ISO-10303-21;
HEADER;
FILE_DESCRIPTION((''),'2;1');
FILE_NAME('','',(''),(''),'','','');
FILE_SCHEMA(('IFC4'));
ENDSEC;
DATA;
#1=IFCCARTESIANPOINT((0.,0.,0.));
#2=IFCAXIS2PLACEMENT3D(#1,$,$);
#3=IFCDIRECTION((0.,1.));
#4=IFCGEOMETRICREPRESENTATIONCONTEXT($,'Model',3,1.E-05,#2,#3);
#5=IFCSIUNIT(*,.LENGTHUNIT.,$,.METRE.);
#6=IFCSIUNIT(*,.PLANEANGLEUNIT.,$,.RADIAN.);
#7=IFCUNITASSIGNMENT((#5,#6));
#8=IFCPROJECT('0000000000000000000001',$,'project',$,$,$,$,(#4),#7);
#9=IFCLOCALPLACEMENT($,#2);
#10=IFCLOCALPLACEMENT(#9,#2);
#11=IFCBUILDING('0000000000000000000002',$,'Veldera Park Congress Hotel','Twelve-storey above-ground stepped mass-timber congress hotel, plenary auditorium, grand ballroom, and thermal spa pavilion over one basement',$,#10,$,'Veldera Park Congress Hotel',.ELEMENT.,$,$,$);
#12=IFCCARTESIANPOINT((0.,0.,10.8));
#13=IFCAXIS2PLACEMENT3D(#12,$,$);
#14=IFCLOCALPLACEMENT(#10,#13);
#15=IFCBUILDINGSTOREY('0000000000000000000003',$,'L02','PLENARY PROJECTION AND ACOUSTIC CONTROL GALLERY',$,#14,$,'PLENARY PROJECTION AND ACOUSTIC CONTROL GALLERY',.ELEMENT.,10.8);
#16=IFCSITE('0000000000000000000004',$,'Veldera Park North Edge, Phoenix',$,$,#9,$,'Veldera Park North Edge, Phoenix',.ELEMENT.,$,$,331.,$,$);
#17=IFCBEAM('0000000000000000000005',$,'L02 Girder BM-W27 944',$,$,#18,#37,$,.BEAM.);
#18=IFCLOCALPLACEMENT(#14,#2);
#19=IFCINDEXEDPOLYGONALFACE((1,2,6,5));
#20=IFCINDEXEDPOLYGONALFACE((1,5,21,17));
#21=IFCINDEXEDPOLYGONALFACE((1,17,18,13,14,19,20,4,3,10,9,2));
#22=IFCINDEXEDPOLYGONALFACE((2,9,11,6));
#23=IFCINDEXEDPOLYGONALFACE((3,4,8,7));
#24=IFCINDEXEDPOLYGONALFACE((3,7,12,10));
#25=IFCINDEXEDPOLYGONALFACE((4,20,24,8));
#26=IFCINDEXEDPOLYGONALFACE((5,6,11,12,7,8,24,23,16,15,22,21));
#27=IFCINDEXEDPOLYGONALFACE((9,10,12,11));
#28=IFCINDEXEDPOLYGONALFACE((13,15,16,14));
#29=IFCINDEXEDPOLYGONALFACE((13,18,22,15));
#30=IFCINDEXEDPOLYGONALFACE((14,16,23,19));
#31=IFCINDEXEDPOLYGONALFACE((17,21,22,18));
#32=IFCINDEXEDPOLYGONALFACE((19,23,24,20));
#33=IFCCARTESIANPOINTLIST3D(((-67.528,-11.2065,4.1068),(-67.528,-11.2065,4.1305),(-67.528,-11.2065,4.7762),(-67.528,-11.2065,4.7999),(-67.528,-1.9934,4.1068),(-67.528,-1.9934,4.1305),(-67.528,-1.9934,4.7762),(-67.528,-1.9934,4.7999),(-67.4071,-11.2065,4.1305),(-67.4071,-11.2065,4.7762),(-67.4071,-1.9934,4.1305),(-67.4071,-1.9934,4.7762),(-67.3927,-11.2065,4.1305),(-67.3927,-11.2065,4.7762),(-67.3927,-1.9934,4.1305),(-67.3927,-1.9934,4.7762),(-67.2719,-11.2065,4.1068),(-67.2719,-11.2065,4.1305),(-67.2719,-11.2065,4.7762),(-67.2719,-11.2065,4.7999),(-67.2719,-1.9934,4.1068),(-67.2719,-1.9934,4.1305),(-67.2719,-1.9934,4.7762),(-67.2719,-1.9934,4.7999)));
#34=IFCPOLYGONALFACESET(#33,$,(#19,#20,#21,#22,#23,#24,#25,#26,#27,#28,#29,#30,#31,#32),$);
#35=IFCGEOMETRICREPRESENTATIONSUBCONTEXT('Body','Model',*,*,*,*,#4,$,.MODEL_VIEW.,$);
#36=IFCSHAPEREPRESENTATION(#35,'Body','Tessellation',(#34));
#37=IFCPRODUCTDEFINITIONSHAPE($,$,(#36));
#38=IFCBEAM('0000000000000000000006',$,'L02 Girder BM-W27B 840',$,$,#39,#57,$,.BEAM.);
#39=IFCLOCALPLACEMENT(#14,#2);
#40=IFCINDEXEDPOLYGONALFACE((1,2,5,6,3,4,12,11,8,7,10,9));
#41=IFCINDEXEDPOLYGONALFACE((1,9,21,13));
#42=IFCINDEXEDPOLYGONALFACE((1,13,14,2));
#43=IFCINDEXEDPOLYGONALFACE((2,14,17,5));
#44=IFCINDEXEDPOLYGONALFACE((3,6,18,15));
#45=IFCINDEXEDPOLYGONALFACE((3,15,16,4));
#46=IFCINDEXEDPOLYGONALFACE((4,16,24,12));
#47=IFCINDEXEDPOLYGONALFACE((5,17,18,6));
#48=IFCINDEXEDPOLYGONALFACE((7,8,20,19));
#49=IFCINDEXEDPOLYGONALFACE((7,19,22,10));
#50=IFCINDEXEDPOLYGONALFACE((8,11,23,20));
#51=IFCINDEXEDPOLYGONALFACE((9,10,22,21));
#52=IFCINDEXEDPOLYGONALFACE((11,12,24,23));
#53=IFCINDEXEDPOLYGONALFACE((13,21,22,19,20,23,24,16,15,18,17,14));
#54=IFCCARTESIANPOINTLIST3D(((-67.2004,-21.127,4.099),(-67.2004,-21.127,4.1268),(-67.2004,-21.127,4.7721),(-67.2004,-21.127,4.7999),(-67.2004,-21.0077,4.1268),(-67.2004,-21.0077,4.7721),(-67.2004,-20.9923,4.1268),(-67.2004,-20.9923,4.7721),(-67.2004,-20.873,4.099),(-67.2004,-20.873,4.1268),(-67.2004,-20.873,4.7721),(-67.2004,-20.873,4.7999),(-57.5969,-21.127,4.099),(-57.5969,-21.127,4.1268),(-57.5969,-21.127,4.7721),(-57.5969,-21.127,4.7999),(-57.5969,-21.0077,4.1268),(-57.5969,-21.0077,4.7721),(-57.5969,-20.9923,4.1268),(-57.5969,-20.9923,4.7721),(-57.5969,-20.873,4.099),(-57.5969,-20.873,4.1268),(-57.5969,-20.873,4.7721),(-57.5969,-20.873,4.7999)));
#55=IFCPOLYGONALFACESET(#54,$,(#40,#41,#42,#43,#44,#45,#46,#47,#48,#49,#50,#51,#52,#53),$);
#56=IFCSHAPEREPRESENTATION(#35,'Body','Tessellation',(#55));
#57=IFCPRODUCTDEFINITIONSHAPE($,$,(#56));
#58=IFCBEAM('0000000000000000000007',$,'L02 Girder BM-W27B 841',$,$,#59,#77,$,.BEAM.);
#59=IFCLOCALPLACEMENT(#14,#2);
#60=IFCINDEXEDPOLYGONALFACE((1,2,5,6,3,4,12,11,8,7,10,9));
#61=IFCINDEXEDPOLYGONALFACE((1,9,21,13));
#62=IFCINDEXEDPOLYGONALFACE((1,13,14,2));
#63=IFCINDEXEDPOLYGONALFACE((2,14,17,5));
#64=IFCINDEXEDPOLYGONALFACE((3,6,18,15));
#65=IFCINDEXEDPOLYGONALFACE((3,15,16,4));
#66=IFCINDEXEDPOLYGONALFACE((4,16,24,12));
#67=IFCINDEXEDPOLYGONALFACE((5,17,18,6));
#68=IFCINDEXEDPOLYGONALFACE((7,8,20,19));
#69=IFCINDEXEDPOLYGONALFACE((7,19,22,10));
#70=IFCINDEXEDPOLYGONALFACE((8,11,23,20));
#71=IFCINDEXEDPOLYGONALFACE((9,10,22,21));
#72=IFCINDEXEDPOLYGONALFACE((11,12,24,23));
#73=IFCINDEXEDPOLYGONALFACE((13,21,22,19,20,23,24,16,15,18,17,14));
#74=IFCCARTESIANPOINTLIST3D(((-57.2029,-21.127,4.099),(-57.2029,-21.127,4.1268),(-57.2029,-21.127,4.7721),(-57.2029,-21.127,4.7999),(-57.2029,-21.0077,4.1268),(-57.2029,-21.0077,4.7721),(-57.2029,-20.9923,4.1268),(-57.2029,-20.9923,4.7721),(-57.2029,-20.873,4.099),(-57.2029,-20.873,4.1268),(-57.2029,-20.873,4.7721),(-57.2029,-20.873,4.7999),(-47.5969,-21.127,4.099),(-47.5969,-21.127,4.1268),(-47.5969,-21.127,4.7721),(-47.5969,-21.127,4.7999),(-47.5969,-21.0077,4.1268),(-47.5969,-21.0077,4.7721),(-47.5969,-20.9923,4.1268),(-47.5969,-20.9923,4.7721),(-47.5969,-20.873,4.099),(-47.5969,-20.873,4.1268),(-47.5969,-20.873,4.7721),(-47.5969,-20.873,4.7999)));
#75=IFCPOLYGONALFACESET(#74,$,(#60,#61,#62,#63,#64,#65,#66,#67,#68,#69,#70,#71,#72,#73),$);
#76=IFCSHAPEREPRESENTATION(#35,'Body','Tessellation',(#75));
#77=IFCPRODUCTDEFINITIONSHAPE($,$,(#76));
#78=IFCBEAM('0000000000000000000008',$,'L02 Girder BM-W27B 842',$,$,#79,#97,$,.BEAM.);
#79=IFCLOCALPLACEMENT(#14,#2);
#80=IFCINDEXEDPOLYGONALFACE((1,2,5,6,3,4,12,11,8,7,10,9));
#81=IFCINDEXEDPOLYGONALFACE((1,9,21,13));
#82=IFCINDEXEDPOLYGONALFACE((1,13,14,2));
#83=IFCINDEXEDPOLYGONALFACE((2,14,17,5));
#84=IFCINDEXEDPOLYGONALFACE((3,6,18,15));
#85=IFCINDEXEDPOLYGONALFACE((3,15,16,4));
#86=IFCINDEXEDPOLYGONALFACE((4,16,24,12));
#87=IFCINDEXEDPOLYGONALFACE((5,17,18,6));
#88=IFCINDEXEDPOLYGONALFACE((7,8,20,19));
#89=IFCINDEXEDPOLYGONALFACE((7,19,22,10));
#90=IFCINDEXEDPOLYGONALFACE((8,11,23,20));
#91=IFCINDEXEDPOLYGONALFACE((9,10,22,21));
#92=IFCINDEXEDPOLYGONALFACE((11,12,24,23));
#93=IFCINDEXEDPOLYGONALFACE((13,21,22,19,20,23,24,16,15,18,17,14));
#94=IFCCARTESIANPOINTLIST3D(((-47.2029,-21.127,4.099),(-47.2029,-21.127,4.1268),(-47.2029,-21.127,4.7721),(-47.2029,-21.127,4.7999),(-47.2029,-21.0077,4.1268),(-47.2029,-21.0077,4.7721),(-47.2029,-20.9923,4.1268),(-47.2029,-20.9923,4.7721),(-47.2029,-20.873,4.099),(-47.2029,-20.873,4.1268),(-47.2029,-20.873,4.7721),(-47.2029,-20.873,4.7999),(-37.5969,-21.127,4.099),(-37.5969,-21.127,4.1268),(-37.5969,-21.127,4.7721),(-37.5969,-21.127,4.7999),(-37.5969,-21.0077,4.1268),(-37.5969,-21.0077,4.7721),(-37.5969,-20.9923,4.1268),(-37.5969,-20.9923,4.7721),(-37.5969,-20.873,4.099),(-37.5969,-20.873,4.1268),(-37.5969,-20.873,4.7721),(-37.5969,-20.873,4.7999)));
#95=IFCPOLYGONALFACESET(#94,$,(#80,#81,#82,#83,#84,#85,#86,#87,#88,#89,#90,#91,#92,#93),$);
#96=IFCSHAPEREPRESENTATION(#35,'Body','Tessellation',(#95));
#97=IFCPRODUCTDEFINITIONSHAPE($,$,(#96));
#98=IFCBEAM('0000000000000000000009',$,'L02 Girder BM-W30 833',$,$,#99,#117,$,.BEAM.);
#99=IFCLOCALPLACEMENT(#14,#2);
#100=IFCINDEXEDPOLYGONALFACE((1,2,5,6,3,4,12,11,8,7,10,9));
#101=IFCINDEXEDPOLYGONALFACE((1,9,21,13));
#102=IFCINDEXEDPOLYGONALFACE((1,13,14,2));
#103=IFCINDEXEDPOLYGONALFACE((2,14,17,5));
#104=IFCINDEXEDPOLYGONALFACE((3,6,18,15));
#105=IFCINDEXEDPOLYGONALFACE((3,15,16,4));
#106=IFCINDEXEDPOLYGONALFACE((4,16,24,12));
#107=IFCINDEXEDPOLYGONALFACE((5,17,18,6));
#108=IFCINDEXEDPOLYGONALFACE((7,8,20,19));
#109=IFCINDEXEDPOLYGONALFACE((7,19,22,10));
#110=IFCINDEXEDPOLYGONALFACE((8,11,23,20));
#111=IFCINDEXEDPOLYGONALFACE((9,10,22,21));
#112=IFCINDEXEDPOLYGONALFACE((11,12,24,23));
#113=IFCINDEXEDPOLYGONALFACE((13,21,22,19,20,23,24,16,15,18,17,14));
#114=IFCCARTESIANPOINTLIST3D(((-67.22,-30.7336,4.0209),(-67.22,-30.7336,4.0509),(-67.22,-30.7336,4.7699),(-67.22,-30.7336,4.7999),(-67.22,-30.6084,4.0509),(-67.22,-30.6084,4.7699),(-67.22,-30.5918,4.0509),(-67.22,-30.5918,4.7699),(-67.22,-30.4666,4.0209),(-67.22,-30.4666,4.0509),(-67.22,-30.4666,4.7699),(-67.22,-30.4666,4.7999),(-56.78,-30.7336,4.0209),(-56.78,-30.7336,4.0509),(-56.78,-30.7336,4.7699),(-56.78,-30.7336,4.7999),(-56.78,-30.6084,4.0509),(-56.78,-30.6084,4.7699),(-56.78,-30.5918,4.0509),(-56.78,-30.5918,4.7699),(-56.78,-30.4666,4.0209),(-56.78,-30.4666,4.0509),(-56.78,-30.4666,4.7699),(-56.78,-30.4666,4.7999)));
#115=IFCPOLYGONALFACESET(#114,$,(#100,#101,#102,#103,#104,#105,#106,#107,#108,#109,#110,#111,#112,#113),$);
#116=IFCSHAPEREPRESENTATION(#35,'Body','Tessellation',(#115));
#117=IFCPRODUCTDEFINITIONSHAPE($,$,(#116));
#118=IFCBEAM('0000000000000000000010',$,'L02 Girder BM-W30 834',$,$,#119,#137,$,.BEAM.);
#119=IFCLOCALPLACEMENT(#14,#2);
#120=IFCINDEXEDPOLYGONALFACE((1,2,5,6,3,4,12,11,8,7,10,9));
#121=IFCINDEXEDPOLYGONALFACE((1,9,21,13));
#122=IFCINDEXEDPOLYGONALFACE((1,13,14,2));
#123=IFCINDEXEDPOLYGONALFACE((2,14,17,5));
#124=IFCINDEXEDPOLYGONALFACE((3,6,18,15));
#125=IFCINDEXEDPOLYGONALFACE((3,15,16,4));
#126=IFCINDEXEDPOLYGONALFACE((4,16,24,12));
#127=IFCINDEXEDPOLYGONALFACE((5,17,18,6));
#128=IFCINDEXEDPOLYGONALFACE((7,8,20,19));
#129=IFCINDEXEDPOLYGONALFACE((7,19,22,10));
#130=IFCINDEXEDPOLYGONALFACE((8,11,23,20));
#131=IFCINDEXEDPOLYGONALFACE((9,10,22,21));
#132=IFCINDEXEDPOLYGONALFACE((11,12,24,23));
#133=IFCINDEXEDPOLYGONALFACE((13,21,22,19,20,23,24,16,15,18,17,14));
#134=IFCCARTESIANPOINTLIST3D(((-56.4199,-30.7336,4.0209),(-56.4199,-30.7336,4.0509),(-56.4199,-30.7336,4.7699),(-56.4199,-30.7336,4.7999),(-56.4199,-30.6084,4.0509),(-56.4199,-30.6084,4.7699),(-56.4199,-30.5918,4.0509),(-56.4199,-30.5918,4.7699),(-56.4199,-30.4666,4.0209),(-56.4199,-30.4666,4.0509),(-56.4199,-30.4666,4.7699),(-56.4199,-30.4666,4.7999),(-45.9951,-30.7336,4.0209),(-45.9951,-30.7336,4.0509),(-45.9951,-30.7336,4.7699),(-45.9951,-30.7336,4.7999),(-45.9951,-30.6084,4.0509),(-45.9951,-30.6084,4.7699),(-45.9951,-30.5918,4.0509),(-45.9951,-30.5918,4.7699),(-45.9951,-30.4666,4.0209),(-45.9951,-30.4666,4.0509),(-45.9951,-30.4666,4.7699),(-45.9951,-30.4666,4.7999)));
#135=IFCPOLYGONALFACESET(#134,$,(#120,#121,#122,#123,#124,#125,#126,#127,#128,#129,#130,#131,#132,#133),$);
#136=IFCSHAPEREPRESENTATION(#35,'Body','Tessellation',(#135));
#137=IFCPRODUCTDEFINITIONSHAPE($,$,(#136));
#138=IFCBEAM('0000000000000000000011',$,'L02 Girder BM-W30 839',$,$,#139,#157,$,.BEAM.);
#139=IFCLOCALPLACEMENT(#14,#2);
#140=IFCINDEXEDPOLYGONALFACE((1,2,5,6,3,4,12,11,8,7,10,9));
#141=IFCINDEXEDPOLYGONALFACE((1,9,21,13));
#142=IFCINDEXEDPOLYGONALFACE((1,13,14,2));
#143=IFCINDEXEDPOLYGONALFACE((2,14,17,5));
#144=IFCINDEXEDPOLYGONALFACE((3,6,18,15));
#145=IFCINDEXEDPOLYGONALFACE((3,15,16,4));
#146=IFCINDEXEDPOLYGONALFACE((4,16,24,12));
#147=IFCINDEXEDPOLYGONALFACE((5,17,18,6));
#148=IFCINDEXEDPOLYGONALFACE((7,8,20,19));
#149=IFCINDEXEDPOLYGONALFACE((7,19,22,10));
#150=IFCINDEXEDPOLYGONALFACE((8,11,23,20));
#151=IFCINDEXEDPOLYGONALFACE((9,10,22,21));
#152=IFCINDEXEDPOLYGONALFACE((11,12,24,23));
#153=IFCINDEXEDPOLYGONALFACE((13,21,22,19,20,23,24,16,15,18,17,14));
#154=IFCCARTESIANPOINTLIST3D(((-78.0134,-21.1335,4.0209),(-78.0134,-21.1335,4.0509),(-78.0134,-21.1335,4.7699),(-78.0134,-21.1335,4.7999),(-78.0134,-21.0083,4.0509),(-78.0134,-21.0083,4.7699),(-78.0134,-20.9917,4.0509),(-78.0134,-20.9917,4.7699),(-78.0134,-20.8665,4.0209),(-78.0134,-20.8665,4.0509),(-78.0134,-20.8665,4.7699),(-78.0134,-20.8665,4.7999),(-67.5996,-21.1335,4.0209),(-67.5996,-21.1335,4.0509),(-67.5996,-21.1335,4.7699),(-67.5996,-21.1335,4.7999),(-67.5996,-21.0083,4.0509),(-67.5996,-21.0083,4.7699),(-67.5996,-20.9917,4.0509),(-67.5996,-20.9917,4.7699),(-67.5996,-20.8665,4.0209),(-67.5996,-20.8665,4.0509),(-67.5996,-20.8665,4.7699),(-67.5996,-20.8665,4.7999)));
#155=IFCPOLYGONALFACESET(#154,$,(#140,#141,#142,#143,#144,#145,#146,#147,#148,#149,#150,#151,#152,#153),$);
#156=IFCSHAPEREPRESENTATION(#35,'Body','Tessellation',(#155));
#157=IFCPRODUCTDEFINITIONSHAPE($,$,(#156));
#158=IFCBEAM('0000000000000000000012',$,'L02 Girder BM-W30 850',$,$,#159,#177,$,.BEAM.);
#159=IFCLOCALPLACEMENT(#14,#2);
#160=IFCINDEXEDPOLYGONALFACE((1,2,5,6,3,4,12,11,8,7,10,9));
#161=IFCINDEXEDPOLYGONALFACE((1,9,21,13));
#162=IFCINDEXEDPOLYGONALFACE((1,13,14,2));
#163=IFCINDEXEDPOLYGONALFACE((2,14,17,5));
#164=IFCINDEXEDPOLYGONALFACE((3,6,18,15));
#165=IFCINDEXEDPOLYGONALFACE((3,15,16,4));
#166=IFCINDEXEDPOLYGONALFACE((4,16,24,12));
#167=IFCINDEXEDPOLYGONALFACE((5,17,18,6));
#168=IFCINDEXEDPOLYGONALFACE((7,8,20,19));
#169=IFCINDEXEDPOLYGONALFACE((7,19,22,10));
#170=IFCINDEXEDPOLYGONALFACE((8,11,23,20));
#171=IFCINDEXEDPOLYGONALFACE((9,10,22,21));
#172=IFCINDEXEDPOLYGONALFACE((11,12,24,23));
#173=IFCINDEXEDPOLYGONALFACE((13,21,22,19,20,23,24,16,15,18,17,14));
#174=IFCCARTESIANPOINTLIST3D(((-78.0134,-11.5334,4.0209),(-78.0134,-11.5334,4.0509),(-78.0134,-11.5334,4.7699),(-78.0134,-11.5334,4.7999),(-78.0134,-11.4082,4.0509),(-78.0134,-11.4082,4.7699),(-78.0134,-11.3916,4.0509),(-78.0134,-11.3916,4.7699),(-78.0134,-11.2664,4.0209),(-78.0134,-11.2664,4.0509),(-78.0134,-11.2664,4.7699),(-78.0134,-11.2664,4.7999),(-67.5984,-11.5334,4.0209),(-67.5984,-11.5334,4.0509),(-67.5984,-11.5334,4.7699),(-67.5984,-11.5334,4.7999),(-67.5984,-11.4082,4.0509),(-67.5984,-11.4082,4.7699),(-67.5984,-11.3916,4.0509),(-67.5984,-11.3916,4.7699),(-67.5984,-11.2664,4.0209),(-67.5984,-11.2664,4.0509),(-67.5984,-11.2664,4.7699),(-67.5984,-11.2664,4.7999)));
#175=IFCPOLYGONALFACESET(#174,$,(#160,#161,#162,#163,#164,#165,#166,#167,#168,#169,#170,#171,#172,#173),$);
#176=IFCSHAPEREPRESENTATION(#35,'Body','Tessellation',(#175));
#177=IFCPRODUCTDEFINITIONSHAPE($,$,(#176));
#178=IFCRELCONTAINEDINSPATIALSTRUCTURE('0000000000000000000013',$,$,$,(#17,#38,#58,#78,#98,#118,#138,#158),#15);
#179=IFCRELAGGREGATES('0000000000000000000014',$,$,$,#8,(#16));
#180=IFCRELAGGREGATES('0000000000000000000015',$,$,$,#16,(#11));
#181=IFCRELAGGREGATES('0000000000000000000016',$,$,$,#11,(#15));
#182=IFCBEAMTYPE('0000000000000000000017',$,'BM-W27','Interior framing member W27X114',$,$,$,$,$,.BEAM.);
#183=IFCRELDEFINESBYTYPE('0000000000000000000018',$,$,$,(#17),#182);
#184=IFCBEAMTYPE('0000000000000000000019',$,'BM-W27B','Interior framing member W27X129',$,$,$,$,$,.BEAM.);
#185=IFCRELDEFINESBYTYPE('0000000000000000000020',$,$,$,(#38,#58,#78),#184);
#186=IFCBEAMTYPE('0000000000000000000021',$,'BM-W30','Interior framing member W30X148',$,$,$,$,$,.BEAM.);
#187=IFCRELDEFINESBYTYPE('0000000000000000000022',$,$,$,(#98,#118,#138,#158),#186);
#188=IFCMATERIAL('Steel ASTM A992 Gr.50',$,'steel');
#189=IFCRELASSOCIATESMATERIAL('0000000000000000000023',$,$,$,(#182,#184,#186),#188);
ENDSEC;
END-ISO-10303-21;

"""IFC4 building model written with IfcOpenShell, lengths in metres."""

from ifc_helpers import new_model, si_unit, direction, frame, origin, origin_2d, place, context, subcontext, project, spatial, i_section, extrude, material, material_profile, profile_set, type_object, element, save


model = new_model("IFC4")

# Units and contexts
model_context = context("Model", 3, precision=1e-05, world=origin(), true_north=direction((0.0, 1.0)))
body_context = subcontext(model_context, "Body", "Model", "MODEL_VIEW")
ifc_project = project(units=[si_unit("LENGTHUNIT", "METRE"), si_unit("PLANEANGLEUNIT", "RADIAN")], contexts=[model_context])

# Site, building, storey
site_placement = place(None, origin())
site = spatial("IfcSite", under=ifc_project, at=site_placement, Name="Veldera Park North Edge, Phoenix", LongName="Veldera Park North Edge, Phoenix", CompositionType="ELEMENT", RefElevation=331.0)
building_placement = place(site_placement, origin())
building = spatial("IfcBuilding", under=site, at=building_placement, Name="Veldera Park Congress Hotel", Description="Twelve-storey above-ground stepped mass-timber congress hotel, plenary auditorium, grand ballroom, and thermal spa pavilion over one basement", LongName="Veldera Park Congress Hotel", CompositionType="ELEMENT")
storey_placement = place(building_placement, frame((0.0, 0.0, 10.8)))
storey = spatial("IfcBuildingStorey", under=building, at=storey_placement, Name="L02", Description="PLENARY PROJECTION AND ACOUSTIC CONTROL GALLERY", LongName="PLENARY PROJECTION AND ACOUSTIC CONTROL GALLERY", CompositionType="ELEMENT", Elevation=10.8)

# Shared definitions
ifc_material_1 = material(Name="Steel ASTM A992 Gr.50", Category="steel")

# Beams
ifc_material_profile_1 = material_profile(ifc_material_1, i_section(OverallWidth=0.2561, OverallDepth=0.6931, WebThickness=0.0144, FlangeThickness=0.0237, at=origin_2d()), Name="W27X114")
ifc_profile_set_1 = profile_set([ifc_material_profile_1], Name="Steel ASTM A992 Gr.50")
beam_type_1 = type_object("IfcBeamType", Name="BM-W27", Description="Interior framing member W27X114", PredefinedType="BEAM", material=ifc_profile_set_1)
beam_1_placement = place(storey_placement, frame((-67.3999, -11.2065, 4.4534), z_axis=(0.0, 1.0, 0.0), x_axis=(-1.0, 0.0, 0.0)))
element("IfcBeam", 1, at=beam_1_placement, inside=storey, type_object=beam_type_1, Name="L02 Girder BM-W27 944", PredefinedType="BEAM", context=body_context, shape_type="SweptSolid", body=[
    extrude(i_section(OverallWidth=0.2561, OverallDepth=0.6931, WebThickness=0.0144, FlangeThickness=0.0237, at=origin_2d()), origin(), (0.0, 0.0, 1.0), 9.2131),
])
ifc_material_profile_2 = material_profile(ifc_material_1, i_section(OverallWidth=0.2539, OverallDepth=0.7009, WebThickness=0.0154, FlangeThickness=0.0278, at=origin_2d()), Name="W27X129")
ifc_profile_set_2 = profile_set([ifc_material_profile_2], Name="Steel ASTM A992 Gr.50")
beam_type_2 = type_object("IfcBeamType", Name="BM-W27B", Description="Interior framing member W27X129", PredefinedType="BEAM", material=ifc_profile_set_2)
beam_2_placement = place(storey_placement, frame((-67.2004, -21.0, 4.4495), z_axis=(1.0, 0.0, 0.0), x_axis=(0.0, 1.0, 0.0)))
element("IfcBeam", 2, at=beam_2_placement, inside=storey, type_object=beam_type_2, Name="L02 Girder BM-W27B 840", PredefinedType="BEAM", context=body_context, shape_type="SweptSolid", body=[
    extrude(i_section(OverallWidth=0.2539, OverallDepth=0.7009, WebThickness=0.0154, FlangeThickness=0.0278, at=origin_2d()), origin(), (0.0, 0.0, 1.0), 9.6035),
])
for number, where, z_axis, x_axis, name in (
    (3, (-57.2029, -21.0, 4.4495), (1.0, 0.0, 0.0), (0.0, 1.0, 0.0), "L02 Girder BM-W27B 841"),
    (4, (-47.2029, -21.0, 4.4495), (1.0, 0.0, 0.0), (0.0, 1.0, 0.0), "L02 Girder BM-W27B 842"),
):
    element("IfcBeam", number, at=place(storey_placement, frame(where, z_axis=z_axis, x_axis=x_axis)), inside=storey, type_object=beam_type_2, Name=name, PredefinedType="BEAM", context=body_context, shape_type="SweptSolid", body=[
        extrude(i_section(OverallWidth=0.2539, OverallDepth=0.7009, WebThickness=0.0154, FlangeThickness=0.0278, at=origin_2d()), origin(), (0.0, 0.0, 1.0), 9.606),
    ])
ifc_material_profile_3 = material_profile(ifc_material_1, i_section(OverallWidth=0.2671, OverallDepth=0.7791, WebThickness=0.0166, FlangeThickness=0.03, at=origin_2d()), Name="W30X148")
ifc_profile_set_3 = profile_set([ifc_material_profile_3], Name="Steel ASTM A992 Gr.50")
beam_type_3 = type_object("IfcBeamType", Name="BM-W30", Description="Interior framing member W30X148", PredefinedType="BEAM", material=ifc_profile_set_3)
beam_3_placement = place(storey_placement, frame((-67.22, -30.6001, 4.4104), z_axis=(1.0, 0.0, 0.0), x_axis=(0.0, 1.0, 0.0)))
element("IfcBeam", 5, at=beam_3_placement, inside=storey, type_object=beam_type_3, Name="L02 Girder BM-W30 833", PredefinedType="BEAM", context=body_context, shape_type="SweptSolid", body=[
    extrude(i_section(OverallWidth=0.2671, OverallDepth=0.7791, WebThickness=0.0166, FlangeThickness=0.03, at=origin_2d()), origin(), (0.0, 0.0, 1.0), 10.4399),
])
beam_4_placement = place(storey_placement, frame((-56.4199, -30.6001, 4.4104), z_axis=(1.0, 0.0, 0.0), x_axis=(0.0, 1.0, 0.0)))
element("IfcBeam", 6, at=beam_4_placement, inside=storey, type_object=beam_type_3, Name="L02 Girder BM-W30 834", PredefinedType="BEAM", context=body_context, shape_type="SweptSolid", body=[
    extrude(i_section(OverallWidth=0.2671, OverallDepth=0.7791, WebThickness=0.0166, FlangeThickness=0.03, at=origin_2d()), origin(), (0.0, 0.0, 1.0), 10.4248),
])
beam_5_placement = place(storey_placement, frame((-78.0134, -21.0, 4.4104), z_axis=(1.0, 0.0, 0.0), x_axis=(0.0, 1.0, 0.0)))
element("IfcBeam", 7, at=beam_5_placement, inside=storey, type_object=beam_type_3, Name="L02 Girder BM-W30 839", PredefinedType="BEAM", context=body_context, shape_type="SweptSolid", body=[
    extrude(i_section(OverallWidth=0.2671, OverallDepth=0.7791, WebThickness=0.0166, FlangeThickness=0.03, at=origin_2d()), origin(), (0.0, 0.0, 1.0), 10.4138),
])
beam_6_placement = place(storey_placement, frame((-78.0134, -11.3999, 4.4104), z_axis=(1.0, 0.0, 0.0), x_axis=(0.0, 1.0, 0.0)))
element("IfcBeam", 8, at=beam_6_placement, inside=storey, type_object=beam_type_3, Name="L02 Girder BM-W30 850", PredefinedType="BEAM", context=body_context, shape_type="SweptSolid", body=[
    extrude(i_section(OverallWidth=0.2671, OverallDepth=0.7791, WebThickness=0.0166, FlangeThickness=0.03, at=origin_2d()), origin(), (0.0, 0.0, 1.0), 10.415),
])

save(model, "model.ifc")
